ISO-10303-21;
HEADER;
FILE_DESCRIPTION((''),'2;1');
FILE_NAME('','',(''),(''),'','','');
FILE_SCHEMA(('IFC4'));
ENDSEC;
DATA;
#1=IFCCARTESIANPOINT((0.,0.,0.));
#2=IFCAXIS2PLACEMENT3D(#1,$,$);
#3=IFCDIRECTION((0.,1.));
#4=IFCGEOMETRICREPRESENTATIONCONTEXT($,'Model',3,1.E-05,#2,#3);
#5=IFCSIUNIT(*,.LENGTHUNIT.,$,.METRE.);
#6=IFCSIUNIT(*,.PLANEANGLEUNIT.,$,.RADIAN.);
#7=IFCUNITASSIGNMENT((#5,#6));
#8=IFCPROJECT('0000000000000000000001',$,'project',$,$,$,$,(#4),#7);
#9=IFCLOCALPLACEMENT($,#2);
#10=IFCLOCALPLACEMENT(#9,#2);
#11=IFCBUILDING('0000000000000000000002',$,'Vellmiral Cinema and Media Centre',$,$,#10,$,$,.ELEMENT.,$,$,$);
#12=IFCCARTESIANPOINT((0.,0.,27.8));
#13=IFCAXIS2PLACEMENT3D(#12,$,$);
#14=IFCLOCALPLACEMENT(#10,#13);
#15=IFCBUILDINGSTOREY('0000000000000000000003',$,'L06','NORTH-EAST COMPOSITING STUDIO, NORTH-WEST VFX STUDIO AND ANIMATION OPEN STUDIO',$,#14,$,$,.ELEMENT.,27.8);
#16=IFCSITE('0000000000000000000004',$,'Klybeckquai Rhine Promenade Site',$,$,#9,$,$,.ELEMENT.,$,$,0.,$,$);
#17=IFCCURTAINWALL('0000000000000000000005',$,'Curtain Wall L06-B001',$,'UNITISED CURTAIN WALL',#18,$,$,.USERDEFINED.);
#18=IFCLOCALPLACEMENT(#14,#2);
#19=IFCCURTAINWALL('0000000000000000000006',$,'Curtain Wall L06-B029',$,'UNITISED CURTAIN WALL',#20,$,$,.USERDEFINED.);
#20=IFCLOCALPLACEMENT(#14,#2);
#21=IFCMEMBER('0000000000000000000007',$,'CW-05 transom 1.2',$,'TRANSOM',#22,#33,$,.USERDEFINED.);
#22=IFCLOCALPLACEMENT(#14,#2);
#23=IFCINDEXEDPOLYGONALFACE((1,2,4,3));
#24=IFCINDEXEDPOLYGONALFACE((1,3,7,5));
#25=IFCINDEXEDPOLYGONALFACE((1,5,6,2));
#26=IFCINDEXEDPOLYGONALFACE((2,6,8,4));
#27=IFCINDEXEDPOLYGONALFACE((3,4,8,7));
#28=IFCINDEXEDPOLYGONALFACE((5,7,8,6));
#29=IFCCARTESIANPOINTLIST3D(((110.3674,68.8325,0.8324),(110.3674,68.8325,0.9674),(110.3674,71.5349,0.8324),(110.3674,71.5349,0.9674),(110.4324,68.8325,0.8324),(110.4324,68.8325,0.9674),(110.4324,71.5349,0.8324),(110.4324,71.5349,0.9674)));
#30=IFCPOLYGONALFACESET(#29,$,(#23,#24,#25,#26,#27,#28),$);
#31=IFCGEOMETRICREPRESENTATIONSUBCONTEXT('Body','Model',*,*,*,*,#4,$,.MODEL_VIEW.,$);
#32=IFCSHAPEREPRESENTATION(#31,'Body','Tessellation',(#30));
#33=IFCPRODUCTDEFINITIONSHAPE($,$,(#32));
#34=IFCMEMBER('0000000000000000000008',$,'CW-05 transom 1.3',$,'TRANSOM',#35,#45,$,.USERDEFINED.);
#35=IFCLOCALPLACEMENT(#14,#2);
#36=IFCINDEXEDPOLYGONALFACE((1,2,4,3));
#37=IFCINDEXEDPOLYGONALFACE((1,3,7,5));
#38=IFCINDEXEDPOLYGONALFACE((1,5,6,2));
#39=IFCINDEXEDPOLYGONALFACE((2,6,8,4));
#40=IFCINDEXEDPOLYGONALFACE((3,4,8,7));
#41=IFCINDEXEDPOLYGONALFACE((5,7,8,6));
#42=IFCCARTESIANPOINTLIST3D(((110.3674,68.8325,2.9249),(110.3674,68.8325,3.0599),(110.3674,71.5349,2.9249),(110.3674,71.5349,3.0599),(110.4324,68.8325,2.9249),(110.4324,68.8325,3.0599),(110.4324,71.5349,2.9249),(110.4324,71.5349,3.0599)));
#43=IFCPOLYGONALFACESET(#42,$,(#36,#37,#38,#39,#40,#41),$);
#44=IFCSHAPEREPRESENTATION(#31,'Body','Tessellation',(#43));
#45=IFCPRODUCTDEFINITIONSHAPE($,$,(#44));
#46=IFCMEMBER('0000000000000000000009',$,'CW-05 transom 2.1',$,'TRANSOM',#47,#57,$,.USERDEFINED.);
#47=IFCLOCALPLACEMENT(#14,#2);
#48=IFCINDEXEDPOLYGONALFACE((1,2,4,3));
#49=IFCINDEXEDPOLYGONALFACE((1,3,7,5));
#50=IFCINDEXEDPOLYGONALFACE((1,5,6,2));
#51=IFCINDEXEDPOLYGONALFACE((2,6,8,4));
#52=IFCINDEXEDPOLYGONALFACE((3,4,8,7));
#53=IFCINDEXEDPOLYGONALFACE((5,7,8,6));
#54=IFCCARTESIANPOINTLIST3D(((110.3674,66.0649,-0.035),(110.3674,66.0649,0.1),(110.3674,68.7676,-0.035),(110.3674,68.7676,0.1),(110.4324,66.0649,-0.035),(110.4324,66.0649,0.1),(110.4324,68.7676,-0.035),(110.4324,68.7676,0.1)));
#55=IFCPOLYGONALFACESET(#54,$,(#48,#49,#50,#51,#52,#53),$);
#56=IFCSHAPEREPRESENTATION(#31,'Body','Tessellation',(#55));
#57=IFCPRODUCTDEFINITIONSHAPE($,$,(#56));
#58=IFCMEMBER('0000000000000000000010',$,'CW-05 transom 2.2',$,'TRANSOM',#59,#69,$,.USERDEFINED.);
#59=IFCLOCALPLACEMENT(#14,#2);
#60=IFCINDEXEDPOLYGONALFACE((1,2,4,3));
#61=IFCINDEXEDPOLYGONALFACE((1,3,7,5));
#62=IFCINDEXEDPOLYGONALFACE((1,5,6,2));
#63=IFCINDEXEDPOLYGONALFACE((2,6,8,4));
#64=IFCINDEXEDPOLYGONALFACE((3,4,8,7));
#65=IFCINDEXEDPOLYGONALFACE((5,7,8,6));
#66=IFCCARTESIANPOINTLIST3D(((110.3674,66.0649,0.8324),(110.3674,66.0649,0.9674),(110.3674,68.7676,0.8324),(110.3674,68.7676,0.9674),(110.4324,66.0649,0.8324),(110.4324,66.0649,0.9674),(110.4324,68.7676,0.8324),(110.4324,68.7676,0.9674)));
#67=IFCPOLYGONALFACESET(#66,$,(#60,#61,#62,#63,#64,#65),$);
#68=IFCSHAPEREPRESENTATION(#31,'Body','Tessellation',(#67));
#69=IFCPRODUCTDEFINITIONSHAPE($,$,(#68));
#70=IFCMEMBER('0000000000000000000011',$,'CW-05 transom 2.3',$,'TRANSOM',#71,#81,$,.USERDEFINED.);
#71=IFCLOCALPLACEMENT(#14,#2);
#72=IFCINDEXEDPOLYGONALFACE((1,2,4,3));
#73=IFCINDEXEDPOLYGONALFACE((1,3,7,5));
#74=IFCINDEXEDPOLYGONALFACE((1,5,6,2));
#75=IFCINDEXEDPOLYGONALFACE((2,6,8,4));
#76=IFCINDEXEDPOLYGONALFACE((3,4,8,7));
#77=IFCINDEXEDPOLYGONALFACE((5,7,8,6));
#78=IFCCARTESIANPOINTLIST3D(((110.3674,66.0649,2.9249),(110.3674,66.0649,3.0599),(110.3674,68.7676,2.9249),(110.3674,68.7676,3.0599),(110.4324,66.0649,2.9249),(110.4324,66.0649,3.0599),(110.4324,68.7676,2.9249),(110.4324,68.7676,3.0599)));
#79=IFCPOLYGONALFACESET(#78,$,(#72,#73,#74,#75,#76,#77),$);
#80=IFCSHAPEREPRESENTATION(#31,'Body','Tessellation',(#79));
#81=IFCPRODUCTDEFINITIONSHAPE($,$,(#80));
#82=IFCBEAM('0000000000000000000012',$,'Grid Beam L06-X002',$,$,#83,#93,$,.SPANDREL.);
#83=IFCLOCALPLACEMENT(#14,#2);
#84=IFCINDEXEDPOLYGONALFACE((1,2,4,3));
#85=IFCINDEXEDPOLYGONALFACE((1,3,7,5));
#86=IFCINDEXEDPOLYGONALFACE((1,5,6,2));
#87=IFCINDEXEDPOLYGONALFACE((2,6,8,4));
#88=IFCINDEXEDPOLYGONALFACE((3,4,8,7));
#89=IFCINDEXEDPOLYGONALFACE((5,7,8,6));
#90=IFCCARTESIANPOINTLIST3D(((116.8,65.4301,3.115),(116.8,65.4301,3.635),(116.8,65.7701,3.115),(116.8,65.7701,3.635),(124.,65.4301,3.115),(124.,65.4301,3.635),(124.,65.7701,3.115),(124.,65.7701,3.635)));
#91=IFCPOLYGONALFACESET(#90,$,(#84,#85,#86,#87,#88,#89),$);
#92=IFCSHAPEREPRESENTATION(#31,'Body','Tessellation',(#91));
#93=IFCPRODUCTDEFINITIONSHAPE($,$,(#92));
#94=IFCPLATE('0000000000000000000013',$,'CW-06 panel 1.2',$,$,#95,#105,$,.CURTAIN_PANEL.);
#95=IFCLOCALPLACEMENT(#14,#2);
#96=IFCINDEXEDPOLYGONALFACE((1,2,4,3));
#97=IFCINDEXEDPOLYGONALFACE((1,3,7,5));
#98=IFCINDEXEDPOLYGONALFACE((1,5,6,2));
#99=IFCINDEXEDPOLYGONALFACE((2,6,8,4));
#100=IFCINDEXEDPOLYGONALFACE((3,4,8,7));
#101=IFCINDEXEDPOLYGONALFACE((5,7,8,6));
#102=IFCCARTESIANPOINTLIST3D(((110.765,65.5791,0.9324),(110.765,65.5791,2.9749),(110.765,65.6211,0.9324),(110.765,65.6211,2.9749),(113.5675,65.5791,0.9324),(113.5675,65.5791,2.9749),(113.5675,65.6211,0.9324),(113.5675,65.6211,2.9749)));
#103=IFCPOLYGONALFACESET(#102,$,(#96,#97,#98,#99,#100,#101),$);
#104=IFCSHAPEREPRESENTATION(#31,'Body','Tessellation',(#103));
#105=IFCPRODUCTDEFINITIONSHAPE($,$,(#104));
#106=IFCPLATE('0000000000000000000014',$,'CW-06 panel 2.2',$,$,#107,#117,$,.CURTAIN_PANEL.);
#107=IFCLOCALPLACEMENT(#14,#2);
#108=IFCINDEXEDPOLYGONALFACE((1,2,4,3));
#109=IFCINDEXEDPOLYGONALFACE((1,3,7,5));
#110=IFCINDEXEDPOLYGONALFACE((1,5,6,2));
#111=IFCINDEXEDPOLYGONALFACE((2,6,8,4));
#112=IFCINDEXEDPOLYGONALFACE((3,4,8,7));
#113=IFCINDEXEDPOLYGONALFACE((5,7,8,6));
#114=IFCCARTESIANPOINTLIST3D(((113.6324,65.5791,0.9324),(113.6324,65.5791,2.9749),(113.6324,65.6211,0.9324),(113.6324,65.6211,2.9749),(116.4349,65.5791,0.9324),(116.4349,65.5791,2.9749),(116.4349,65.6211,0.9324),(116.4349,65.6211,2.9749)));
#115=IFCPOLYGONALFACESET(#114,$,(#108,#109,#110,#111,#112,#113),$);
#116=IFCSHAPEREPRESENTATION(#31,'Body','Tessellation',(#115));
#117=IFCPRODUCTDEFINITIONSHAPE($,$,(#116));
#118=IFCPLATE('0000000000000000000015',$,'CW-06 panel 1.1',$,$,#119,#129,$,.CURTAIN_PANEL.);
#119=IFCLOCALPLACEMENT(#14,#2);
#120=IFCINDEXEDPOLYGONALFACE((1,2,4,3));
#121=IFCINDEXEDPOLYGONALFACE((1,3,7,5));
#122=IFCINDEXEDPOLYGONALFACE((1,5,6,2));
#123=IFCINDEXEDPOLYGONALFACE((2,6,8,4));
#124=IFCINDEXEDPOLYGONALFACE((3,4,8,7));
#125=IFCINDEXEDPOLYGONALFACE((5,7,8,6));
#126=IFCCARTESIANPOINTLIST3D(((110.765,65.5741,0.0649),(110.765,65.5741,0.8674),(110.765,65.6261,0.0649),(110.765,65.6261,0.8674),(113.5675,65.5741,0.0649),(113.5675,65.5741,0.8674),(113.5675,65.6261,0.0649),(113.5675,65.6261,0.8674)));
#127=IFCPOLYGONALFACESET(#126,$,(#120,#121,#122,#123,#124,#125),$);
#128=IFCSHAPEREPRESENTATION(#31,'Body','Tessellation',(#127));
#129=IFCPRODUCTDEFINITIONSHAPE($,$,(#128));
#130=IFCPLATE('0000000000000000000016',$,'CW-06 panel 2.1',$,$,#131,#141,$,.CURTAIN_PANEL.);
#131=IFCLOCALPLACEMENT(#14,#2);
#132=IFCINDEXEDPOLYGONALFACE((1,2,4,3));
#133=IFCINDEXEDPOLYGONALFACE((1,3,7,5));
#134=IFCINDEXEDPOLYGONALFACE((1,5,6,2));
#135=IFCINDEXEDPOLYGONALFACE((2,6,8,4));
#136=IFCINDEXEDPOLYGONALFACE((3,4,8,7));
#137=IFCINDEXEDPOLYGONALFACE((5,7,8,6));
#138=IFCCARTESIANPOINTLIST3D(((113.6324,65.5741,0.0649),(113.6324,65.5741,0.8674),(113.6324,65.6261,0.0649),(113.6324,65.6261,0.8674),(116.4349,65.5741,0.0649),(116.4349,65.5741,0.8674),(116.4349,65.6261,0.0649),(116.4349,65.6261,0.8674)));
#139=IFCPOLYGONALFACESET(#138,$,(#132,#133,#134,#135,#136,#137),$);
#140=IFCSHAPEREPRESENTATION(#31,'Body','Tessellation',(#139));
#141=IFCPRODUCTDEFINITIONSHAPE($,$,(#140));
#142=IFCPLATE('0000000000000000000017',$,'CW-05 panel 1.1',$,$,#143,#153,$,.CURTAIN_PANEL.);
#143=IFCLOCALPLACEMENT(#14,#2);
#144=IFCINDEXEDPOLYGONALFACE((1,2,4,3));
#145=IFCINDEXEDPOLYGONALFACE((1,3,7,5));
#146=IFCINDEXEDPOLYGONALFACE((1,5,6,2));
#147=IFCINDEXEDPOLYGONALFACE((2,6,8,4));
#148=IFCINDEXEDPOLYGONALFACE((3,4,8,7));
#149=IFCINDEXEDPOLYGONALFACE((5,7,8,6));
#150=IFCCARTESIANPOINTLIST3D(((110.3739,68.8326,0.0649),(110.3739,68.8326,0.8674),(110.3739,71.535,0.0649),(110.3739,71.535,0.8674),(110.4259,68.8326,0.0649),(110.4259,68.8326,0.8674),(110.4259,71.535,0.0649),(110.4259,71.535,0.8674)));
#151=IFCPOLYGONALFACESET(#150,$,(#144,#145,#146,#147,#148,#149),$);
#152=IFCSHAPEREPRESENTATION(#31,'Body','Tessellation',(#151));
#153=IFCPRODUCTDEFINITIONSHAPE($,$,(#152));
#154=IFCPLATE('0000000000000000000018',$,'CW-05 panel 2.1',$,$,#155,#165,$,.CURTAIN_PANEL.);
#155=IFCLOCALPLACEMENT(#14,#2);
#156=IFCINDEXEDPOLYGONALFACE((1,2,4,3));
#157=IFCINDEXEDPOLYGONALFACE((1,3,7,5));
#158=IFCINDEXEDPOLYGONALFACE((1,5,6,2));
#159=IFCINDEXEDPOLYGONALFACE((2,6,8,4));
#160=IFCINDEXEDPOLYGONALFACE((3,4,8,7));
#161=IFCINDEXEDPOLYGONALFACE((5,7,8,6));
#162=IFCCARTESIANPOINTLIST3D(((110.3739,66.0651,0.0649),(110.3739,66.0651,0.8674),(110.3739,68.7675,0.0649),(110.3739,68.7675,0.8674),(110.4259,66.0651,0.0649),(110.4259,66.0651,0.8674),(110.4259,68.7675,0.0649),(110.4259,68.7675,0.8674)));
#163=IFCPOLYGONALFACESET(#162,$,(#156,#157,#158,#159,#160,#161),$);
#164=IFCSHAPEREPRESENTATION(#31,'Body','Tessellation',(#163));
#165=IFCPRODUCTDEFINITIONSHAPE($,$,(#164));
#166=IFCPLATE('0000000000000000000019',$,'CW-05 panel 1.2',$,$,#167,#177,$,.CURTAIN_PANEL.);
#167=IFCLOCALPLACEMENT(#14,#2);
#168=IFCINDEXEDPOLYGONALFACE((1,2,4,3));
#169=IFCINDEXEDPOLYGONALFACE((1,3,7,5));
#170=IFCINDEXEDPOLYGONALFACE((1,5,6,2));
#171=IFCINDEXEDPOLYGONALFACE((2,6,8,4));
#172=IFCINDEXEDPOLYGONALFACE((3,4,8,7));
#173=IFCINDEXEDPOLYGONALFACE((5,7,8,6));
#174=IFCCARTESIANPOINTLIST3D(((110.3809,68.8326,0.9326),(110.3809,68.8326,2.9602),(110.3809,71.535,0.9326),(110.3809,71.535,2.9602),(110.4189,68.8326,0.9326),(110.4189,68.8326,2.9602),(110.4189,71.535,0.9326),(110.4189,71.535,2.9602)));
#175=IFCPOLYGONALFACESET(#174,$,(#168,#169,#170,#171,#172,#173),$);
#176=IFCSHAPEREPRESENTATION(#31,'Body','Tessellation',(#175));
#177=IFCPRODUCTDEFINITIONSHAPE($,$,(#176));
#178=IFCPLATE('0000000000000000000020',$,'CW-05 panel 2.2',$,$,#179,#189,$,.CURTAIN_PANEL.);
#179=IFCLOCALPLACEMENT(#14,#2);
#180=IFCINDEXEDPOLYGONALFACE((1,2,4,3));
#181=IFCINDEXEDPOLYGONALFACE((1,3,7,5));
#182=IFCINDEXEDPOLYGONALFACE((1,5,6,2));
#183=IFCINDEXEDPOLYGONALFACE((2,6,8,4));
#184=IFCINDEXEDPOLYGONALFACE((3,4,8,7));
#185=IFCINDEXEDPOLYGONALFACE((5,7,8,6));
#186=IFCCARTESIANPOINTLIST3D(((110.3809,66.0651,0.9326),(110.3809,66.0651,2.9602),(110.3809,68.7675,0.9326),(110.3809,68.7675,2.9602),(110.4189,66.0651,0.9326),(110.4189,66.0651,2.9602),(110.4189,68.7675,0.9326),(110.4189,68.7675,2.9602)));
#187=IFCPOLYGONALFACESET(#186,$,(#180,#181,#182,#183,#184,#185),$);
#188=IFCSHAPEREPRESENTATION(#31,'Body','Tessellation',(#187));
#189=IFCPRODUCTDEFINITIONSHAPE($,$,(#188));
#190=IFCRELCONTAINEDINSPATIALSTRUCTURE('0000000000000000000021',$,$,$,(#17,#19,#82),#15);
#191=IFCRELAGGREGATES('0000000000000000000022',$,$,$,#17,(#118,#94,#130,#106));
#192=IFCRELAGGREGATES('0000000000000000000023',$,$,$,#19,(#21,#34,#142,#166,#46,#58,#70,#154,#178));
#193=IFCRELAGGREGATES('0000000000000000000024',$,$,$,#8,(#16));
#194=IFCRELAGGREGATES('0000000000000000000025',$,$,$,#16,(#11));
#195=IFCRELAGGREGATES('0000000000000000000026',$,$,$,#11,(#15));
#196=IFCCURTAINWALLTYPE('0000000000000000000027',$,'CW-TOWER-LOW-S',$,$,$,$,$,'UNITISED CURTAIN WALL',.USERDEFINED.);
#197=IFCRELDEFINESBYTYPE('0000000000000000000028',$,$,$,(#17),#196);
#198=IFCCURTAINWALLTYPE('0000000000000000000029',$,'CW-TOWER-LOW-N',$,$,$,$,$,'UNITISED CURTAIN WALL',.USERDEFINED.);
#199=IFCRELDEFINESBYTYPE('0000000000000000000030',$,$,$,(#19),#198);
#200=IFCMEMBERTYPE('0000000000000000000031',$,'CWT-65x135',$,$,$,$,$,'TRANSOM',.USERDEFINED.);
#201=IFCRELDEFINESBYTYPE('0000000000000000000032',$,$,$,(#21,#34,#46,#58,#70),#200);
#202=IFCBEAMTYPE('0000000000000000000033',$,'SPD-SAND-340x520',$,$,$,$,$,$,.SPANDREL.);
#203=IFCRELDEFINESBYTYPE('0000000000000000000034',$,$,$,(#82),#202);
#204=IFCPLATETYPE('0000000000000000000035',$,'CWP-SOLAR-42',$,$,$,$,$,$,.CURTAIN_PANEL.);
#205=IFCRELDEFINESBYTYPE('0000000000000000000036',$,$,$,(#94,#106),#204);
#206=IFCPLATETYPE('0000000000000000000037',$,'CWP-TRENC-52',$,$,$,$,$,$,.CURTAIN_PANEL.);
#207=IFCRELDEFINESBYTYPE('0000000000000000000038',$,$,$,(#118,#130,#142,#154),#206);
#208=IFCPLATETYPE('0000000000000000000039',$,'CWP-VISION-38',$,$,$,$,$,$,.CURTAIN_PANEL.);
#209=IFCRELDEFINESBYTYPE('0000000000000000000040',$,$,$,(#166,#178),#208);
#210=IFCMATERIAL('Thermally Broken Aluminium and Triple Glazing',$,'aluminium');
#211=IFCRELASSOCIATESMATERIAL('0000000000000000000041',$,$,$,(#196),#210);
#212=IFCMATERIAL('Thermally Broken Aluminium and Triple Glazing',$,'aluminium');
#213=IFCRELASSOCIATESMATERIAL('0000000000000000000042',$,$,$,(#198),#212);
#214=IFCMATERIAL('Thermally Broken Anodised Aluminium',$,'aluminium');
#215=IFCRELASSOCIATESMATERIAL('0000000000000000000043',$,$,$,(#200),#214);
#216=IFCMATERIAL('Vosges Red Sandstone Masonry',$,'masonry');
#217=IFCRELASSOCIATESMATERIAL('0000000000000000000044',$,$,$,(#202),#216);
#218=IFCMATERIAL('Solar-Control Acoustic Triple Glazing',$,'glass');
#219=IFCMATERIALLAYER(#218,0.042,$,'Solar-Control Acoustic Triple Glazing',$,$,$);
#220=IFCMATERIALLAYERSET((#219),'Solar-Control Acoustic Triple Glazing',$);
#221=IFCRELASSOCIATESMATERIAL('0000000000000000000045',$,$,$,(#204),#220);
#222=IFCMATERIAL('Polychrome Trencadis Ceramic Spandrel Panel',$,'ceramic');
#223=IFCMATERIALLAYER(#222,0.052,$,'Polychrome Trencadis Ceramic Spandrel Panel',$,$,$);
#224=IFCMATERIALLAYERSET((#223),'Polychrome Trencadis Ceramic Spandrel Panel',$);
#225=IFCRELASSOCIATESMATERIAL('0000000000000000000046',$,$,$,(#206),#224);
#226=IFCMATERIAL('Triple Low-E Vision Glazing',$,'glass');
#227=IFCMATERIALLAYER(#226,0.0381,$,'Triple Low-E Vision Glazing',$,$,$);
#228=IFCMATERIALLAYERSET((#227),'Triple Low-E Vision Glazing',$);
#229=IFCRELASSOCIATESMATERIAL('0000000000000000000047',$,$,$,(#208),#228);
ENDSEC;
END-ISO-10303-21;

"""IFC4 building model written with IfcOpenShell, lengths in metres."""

from ifc_helpers import new_model, si_unit, direction, frame, origin, origin_2d, place, context, subcontext, project, spatial, rectangle, extrude, material, layer, layer_set, material_profile, profile_set, type_object, element, aggregate, save


model = new_model("IFC4")

# Units and contexts
model_context = context("Model", 3, precision=1e-05, world=origin(), true_north=direction((0.0, 1.0)))
body_context = subcontext(model_context, "Body", "Model", "MODEL_VIEW")
ifc_project = project(units=[si_unit("LENGTHUNIT", "METRE"), si_unit("PLANEANGLEUNIT", "RADIAN")], contexts=[model_context])

# Site, building, storey
site_placement = place(None, origin())
site = spatial("IfcSite", under=ifc_project, at=site_placement, Name="Klybeckquai Rhine Promenade Site", CompositionType="ELEMENT", RefElevation=0.0)
building_placement = place(site_placement, origin())
building = spatial("IfcBuilding", under=site, at=building_placement, Name="Vellmiral Cinema and Media Centre", CompositionType="ELEMENT")
storey_placement = place(building_placement, frame((0.0, 0.0, 27.8)))
storey = spatial("IfcBuildingStorey", under=building, at=storey_placement, Name="L06", Description="NORTH-EAST COMPOSITING STUDIO, NORTH-WEST VFX STUDIO AND ANIMATION OPEN STUDIO", CompositionType="ELEMENT", Elevation=27.8)

# Curtain walls
ifc_material_1 = material(Name="Thermally Broken Aluminium and Triple Glazing", Category="aluminium")
curtain_wall_type_1 = type_object("IfcCurtainWallType", Name="CW-TOWER-LOW-S", ElementType="UNITISED CURTAIN WALL", PredefinedType="USERDEFINED", material=ifc_material_1)
curtain_wall_1_placement = place(storey_placement, origin())
curtain_wall_1 = element("IfcCurtainWall", 1, at=curtain_wall_1_placement, inside=storey, type_object=curtain_wall_type_1, Name="Curtain Wall L06-B001", ObjectType="UNITISED CURTAIN WALL", PredefinedType="USERDEFINED")
ifc_material_2 = material(Name="Thermally Broken Aluminium and Triple Glazing", Category="aluminium")
curtain_wall_type_2 = type_object("IfcCurtainWallType", Name="CW-TOWER-LOW-N", ElementType="UNITISED CURTAIN WALL", PredefinedType="USERDEFINED", material=ifc_material_2)
curtain_wall_2_placement = place(storey_placement, origin())
curtain_wall_2 = element("IfcCurtainWall", 2, at=curtain_wall_2_placement, inside=storey, type_object=curtain_wall_type_2, Name="Curtain Wall L06-B029", ObjectType="UNITISED CURTAIN WALL", PredefinedType="USERDEFINED")

# Members
ifc_material_3 = material(Name="Thermally Broken Anodised Aluminium", Category="aluminium")
ifc_material_profile_1 = material_profile(ifc_material_3, rectangle(XDim=0.0649, YDim=0.135, at=origin_2d()), Name="MULL 65x135")
ifc_profile_set_1 = profile_set([ifc_material_profile_1], Name="Thermally Broken Anodised Aluminium")
member_type_1 = type_object("IfcMemberType", Name="CWT-65x135", ElementType="TRANSOM", PredefinedType="USERDEFINED", material=ifc_profile_set_1)
member_1_placement = place(storey_placement, frame((110.3999, 71.5349, 0.8999), z_axis=(0.0, -1.0, 0.0), x_axis=(1.0, 0.0, 0.0)))
member_1 = element("IfcMember", 3, at=member_1_placement, type_object=member_type_1, Name="CW-05 transom 1.2", ObjectType="TRANSOM", PredefinedType="USERDEFINED", context=body_context, shape_type="SweptSolid", body=[
    extrude(rectangle(XDim=0.0649, YDim=0.135, at=origin_2d()), origin(), (0.0, 0.0, 1.0), 2.7024),
])
member_2_placement = place(storey_placement, frame((110.3999, 71.5349, 2.9924), z_axis=(0.0, -1.0, 0.0), x_axis=(1.0, 0.0, 0.0)))
member_2 = element("IfcMember", 4, at=member_2_placement, type_object=member_type_1, Name="CW-05 transom 1.3", ObjectType="TRANSOM", PredefinedType="USERDEFINED", context=body_context, shape_type="SweptSolid", body=[
    extrude(rectangle(XDim=0.0649, YDim=0.135, at=origin_2d()), origin(), (0.0, 0.0, 1.0), 2.7024),
])
member_3_placement = place(storey_placement, frame((110.3999, 68.7676, 0.0325), z_axis=(0.0, -1.0, 0.0), x_axis=(1.0, 0.0, 0.0)))
member_3 = element("IfcMember", 5, at=member_3_placement, type_object=member_type_1, Name="CW-05 transom 2.1", ObjectType="TRANSOM", PredefinedType="USERDEFINED", context=body_context, shape_type="SweptSolid", body=[
    extrude(rectangle(XDim=0.0649, YDim=0.135, at=origin_2d()), origin(), (0.0, 0.0, 1.0), 2.7026),
])
member_4_placement = place(storey_placement, frame((110.3999, 68.7676, 0.8999), z_axis=(0.0, -1.0, 0.0), x_axis=(1.0, 0.0, 0.0)))
member_4 = element("IfcMember", 6, at=member_4_placement, type_object=member_type_1, Name="CW-05 transom 2.2", ObjectType="TRANSOM", PredefinedType="USERDEFINED", context=body_context, shape_type="SweptSolid", body=[
    extrude(rectangle(XDim=0.0649, YDim=0.135, at=origin_2d()), origin(), (0.0, 0.0, 1.0), 2.7026),
])
member_5_placement = place(storey_placement, frame((110.3999, 68.7676, 2.9924), z_axis=(0.0, -1.0, 0.0), x_axis=(1.0, 0.0, 0.0)))
member_5 = element("IfcMember", 7, at=member_5_placement, type_object=member_type_1, Name="CW-05 transom 2.3", ObjectType="TRANSOM", PredefinedType="USERDEFINED", context=body_context, shape_type="SweptSolid", body=[
    extrude(rectangle(XDim=0.0649, YDim=0.135, at=origin_2d()), origin(), (0.0, 0.0, 1.0), 2.7026),
])

# Beam
ifc_material_4 = material(Name="Vosges Red Sandstone Masonry", Category="masonry")
ifc_material_profile_2 = material_profile(ifc_material_4, rectangle(XDim=0.3401, YDim=0.52, at=origin_2d()), Name="SAND 340x520")
ifc_profile_set_2 = profile_set([ifc_material_profile_2], Name="Vosges Red Sandstone Masonry")
beam_type = type_object("IfcBeamType", Name="SPD-SAND-340x520", PredefinedType="SPANDREL", material=ifc_profile_set_2)
beam_placement = place(storey_placement, frame((116.8, 65.6001, 3.375), z_axis=(1.0, 0.0, 0.0), x_axis=(0.0, 1.0, 0.0)))
element("IfcBeam", 8, at=beam_placement, inside=storey, type_object=beam_type, Name="Grid Beam L06-X002", PredefinedType="SPANDREL", context=body_context, shape_type="SweptSolid", body=[
    extrude(rectangle(XDim=0.3401, YDim=0.52, at=origin_2d()), origin(), (0.0, 0.0, 1.0), 7.2),
])

# Plates
ifc_material_5 = material(Name="Solar-Control Acoustic Triple Glazing", Category="glass")
ifc_layer_1 = layer(ifc_material_5, 0.042, Name="Solar-Control Acoustic Triple Glazing")
ifc_layer_set_1 = layer_set([ifc_layer_1], Name="Solar-Control Acoustic Triple Glazing")
plate_type_1 = type_object("IfcPlateType", Name="CWP-SOLAR-42", PredefinedType="CURTAIN_PANEL", material=ifc_layer_set_1)
plate_1_placement = place(storey_placement, frame((112.1663, 65.6001, 0.9324), z_axis=(0.0, 0.0, 1.0), x_axis=(1.0, 0.0, 0.0)))
plate_1 = element("IfcPlate", 9, at=plate_1_placement, type_object=plate_type_1, Name="CW-06 panel 1.2", PredefinedType="CURTAIN_PANEL", context=body_context, shape_type="SweptSolid", body=[
    extrude(rectangle(XDim=2.8025, YDim=0.042, at=origin_2d()), origin(), (0.0, 0.0, 1.0), 2.0425),
])
plate_2_placement = place(storey_placement, frame((115.0337, 65.6001, 0.9324), z_axis=(0.0, 0.0, 1.0), x_axis=(1.0, 0.0, 0.0)))
plate_2 = element("IfcPlate", 10, at=plate_2_placement, type_object=plate_type_1, Name="CW-06 panel 2.2", PredefinedType="CURTAIN_PANEL", context=body_context, shape_type="SweptSolid", body=[
    extrude(rectangle(XDim=2.8025, YDim=0.042, at=origin_2d()), origin(), (0.0, 0.0, 1.0), 2.0425),
])
ifc_material_6 = material(Name="Polychrome Trencadis Ceramic Spandrel Panel", Category="ceramic")
ifc_layer_2 = layer(ifc_material_6, 0.052, Name="Polychrome Trencadis Ceramic Spandrel Panel")
ifc_layer_set_2 = layer_set([ifc_layer_2], Name="Polychrome Trencadis Ceramic Spandrel Panel")
plate_type_2 = type_object("IfcPlateType", Name="CWP-TRENC-52", PredefinedType="CURTAIN_PANEL", material=ifc_layer_set_2)
plate_3_placement = place(storey_placement, frame((112.1663, 65.6001, 0.0649), z_axis=(0.0, 0.0, 1.0), x_axis=(1.0, 0.0, 0.0)))
plate_3 = element("IfcPlate", 11, at=plate_3_placement, type_object=plate_type_2, Name="CW-06 panel 1.1", PredefinedType="CURTAIN_PANEL", context=body_context, shape_type="SweptSolid", body=[
    extrude(rectangle(XDim=2.8025, YDim=0.052, at=origin_2d()), origin(), (0.0, 0.0, 1.0), 0.8025),
])
plate_4_placement = place(storey_placement, frame((115.0337, 65.6001, 0.0649), z_axis=(0.0, 0.0, 1.0), x_axis=(1.0, 0.0, 0.0)))
plate_4 = element("IfcPlate", 12, at=plate_4_placement, type_object=plate_type_2, Name="CW-06 panel 2.1", PredefinedType="CURTAIN_PANEL", context=body_context, shape_type="SweptSolid", body=[
    extrude(rectangle(XDim=2.8025, YDim=0.052, at=origin_2d()), origin(), (0.0, 0.0, 1.0), 0.8025),
])
aggregate(curtain_wall_1, [plate_3, plate_1, plate_4, plate_2])
plate_5_placement = place(storey_placement, frame((110.3999, 70.1838, 0.0649), z_axis=(0.0, 0.0, 1.0), x_axis=(0.0, -1.0, 0.0)))
plate_5 = element("IfcPlate", 13, at=plate_5_placement, type_object=plate_type_2, Name="CW-05 panel 1.1", PredefinedType="CURTAIN_PANEL", context=body_context, shape_type="SweptSolid", body=[
    extrude(rectangle(XDim=2.7024, YDim=0.052, at=origin_2d()), origin(), (0.0, 0.0, 1.0), 0.8025),
])
plate_6_placement = place(storey_placement, frame((110.3999, 67.4163, 0.0649), z_axis=(0.0, 0.0, 1.0), x_axis=(0.0, -1.0, 0.0)))
plate_6 = element("IfcPlate", 14, at=plate_6_placement, type_object=plate_type_2, Name="CW-05 panel 2.1", PredefinedType="CURTAIN_PANEL", context=body_context, shape_type="SweptSolid", body=[
    extrude(rectangle(XDim=2.7024, YDim=0.052, at=origin_2d()), origin(), (0.0, 0.0, 1.0), 0.8025),
])
ifc_material_7 = material(Name="Triple Low-E Vision Glazing", Category="glass")
ifc_layer_3 = layer(ifc_material_7, 0.0381, Name="Triple Low-E Vision Glazing")
ifc_layer_set_3 = layer_set([ifc_layer_3], Name="Triple Low-E Vision Glazing")
plate_type_3 = type_object("IfcPlateType", Name="CWP-VISION-38", PredefinedType="CURTAIN_PANEL", material=ifc_layer_set_3)
plate_7_placement = place(storey_placement, frame((110.3999, 70.1838, 0.9326), z_axis=(0.0, 0.0, 1.0), x_axis=(0.0, -1.0, 0.0)))
plate_7 = element("IfcPlate", 15, at=plate_7_placement, type_object=plate_type_3, Name="CW-05 panel 1.2", PredefinedType="CURTAIN_PANEL", context=body_context, shape_type="SweptSolid", body=[
    extrude(rectangle(XDim=2.7024, YDim=0.0381, at=origin_2d()), origin(), (0.0, 0.0, 1.0), 2.0276),
])
plate_8_placement = place(storey_placement, frame((110.3999, 67.4163, 0.9326), z_axis=(0.0, 0.0, 1.0), x_axis=(0.0, -1.0, 0.0)))
plate_8 = element("IfcPlate", 16, at=plate_8_placement, type_object=plate_type_3, Name="CW-05 panel 2.2", PredefinedType="CURTAIN_PANEL", context=body_context, shape_type="SweptSolid", body=[
    extrude(rectangle(XDim=2.7024, YDim=0.0381, at=origin_2d()), origin(), (0.0, 0.0, 1.0), 2.0276),
])
aggregate(curtain_wall_2, [member_1, member_2, plate_5, plate_7, member_3, member_4, member_5, plate_6, plate_8])

save(model, "model.ifc")
